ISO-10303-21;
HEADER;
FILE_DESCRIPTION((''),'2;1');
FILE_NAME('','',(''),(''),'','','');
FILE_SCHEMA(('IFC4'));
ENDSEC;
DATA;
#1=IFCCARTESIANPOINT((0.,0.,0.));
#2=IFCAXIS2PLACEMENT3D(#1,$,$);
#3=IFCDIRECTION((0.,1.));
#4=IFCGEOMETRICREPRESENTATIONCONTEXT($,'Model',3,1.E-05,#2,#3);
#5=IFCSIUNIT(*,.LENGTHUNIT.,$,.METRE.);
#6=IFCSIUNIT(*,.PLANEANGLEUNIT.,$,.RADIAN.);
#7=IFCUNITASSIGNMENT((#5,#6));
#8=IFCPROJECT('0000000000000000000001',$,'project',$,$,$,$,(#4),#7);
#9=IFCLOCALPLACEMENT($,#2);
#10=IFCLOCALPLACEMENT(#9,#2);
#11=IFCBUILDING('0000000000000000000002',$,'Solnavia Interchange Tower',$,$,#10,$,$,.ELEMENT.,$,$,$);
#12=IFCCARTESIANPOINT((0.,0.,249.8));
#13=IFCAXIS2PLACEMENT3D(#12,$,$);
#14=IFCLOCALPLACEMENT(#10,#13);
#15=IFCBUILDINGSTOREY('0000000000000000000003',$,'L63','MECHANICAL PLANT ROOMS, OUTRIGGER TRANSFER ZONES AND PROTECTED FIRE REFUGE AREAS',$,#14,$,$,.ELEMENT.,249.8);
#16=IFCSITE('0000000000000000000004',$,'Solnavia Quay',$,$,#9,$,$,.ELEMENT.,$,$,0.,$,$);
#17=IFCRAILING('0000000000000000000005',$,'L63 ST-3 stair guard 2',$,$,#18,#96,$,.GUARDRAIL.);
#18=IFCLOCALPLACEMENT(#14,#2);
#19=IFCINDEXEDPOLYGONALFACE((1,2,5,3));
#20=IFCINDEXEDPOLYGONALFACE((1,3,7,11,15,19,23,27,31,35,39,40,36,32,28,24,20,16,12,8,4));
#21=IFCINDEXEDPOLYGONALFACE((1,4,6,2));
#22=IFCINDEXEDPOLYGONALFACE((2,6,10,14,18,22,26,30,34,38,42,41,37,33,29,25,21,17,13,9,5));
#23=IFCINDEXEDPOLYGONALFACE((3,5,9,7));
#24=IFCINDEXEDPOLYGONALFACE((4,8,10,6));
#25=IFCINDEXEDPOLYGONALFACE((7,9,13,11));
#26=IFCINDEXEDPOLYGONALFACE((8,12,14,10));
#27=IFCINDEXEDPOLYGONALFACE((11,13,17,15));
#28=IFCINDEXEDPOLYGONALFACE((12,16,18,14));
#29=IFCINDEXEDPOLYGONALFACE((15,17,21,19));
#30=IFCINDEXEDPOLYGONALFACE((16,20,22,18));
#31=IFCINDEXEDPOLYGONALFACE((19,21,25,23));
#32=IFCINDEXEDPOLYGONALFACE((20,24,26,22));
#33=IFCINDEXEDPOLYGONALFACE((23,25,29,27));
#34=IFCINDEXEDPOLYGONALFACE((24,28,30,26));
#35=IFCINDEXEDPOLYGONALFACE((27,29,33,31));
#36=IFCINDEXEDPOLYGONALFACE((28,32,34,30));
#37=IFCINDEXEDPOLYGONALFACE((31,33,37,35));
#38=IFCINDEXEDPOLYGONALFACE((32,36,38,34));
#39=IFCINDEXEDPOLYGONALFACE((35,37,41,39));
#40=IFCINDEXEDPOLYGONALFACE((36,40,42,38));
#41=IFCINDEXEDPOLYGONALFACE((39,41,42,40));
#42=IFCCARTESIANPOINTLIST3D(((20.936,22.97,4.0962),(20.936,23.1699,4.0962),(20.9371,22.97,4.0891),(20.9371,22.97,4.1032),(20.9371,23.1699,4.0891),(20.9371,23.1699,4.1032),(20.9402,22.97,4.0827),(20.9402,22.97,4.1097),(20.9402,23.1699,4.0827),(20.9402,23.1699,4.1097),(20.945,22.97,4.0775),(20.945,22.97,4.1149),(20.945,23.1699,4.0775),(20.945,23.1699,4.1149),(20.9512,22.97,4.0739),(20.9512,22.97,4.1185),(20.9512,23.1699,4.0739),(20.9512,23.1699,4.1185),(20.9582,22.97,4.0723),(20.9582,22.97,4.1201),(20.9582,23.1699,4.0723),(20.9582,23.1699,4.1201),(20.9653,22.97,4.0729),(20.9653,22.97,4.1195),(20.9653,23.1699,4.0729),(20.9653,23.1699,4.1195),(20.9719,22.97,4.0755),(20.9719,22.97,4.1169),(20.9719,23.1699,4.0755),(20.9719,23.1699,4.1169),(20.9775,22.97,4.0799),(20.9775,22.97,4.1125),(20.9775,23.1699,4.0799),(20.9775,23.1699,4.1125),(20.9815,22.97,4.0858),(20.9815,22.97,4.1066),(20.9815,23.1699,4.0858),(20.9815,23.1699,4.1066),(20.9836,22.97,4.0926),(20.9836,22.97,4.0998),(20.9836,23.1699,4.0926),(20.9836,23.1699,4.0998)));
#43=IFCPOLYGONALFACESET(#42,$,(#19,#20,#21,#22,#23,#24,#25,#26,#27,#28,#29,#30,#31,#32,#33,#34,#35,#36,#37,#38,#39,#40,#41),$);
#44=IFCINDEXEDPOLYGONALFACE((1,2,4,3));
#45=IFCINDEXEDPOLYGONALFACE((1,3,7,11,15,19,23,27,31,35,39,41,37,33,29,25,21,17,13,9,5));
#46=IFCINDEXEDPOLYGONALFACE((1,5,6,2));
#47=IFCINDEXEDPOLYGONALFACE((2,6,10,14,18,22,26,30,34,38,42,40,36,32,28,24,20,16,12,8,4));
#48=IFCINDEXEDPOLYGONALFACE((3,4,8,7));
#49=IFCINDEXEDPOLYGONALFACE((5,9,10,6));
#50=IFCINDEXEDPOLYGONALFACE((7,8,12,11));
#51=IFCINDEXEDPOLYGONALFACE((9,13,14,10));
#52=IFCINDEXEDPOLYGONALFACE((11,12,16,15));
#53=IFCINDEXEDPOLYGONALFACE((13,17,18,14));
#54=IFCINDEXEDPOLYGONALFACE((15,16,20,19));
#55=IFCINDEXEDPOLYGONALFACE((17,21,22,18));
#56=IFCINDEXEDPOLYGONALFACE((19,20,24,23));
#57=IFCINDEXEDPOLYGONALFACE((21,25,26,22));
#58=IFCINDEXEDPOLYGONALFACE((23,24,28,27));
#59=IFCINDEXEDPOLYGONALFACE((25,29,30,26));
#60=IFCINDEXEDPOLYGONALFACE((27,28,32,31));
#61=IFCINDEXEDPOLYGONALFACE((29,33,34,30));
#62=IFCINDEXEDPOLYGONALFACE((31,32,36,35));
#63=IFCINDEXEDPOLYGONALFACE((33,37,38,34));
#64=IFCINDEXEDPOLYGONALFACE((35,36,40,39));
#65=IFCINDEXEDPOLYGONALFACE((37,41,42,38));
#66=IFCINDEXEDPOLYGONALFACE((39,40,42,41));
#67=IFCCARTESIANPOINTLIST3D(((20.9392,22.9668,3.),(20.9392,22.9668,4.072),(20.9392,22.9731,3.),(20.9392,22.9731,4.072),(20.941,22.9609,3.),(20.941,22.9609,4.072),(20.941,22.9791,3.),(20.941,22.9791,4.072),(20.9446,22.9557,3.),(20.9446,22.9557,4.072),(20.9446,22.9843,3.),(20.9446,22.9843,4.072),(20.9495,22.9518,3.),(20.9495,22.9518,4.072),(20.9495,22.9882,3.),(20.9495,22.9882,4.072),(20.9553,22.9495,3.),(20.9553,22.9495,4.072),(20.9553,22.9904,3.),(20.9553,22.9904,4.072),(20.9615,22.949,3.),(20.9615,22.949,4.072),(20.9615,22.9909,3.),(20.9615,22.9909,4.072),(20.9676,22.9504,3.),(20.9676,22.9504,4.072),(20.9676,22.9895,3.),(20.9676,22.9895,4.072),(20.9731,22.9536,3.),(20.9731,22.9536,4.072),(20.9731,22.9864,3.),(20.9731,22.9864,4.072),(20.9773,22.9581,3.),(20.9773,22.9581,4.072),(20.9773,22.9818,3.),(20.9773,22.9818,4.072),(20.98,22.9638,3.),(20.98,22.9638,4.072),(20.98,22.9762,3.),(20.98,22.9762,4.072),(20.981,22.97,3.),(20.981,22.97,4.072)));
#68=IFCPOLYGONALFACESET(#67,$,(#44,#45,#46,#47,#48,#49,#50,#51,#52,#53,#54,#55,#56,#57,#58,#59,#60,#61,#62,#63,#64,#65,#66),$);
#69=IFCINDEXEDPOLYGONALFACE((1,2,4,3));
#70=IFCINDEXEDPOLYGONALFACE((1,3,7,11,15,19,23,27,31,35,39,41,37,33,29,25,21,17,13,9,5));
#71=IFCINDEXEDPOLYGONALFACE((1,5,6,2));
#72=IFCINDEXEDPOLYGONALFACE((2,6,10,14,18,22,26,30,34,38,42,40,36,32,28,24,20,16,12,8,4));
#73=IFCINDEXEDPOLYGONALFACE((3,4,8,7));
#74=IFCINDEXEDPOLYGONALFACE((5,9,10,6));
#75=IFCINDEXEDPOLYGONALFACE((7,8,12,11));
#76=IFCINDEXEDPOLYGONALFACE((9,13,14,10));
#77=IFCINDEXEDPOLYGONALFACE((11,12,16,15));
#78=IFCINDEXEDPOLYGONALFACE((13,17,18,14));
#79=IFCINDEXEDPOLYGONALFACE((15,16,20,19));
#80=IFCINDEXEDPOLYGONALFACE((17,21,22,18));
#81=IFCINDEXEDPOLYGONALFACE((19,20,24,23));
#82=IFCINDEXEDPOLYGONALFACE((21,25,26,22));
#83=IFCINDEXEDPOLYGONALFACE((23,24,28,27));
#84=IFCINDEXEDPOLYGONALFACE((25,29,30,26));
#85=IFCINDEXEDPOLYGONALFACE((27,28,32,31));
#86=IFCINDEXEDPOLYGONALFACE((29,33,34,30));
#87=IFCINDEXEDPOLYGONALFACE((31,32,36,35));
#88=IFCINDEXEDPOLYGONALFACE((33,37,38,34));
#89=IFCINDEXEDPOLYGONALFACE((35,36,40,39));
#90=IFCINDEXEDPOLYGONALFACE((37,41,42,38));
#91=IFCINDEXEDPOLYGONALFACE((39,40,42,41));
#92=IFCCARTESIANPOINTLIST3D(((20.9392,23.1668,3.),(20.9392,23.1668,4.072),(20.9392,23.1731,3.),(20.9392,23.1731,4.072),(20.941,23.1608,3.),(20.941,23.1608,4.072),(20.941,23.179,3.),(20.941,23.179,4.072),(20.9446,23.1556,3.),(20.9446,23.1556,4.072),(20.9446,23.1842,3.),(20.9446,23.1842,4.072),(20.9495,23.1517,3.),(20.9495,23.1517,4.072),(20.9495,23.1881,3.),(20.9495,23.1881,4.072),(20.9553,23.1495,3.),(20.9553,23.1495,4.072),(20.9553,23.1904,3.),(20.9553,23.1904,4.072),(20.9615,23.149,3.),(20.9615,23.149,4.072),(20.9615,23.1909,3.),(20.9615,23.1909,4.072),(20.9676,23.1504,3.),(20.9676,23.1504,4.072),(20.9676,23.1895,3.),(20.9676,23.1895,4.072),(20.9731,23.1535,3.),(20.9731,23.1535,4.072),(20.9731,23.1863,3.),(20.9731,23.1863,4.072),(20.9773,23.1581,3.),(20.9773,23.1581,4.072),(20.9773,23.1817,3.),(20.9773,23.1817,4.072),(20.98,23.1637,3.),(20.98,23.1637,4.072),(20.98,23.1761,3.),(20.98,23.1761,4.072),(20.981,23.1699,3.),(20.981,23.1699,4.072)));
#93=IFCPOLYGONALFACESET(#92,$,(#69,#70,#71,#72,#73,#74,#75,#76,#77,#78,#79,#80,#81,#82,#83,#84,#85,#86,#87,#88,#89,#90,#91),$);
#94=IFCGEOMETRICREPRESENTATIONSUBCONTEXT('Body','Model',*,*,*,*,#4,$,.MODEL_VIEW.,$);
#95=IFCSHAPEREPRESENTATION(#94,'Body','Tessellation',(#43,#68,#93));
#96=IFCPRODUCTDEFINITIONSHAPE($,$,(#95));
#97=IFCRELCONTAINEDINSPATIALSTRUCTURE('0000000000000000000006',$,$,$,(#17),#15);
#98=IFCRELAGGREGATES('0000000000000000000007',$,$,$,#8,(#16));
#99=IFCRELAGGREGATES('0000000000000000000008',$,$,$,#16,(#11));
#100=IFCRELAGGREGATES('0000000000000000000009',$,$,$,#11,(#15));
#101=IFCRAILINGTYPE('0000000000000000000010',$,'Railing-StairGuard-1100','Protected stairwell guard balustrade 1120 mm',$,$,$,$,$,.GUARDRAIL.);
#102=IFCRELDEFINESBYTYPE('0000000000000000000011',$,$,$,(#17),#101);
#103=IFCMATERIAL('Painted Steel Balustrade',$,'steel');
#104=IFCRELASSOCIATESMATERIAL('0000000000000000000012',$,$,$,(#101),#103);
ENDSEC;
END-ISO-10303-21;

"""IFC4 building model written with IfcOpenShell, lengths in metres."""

from ifc_helpers import new_model, si_unit, direction, frame, origin, origin_2d, place, context, subcontext, project, spatial, circle, extrude, material, type_object, element, save


model = new_model("IFC4")

# Units and contexts
model_context = context("Model", 3, precision=1e-05, world=origin(), true_north=direction((0.0, 1.0)))
body_context = subcontext(model_context, "Body", "Model", "MODEL_VIEW")
ifc_project = project(units=[si_unit("LENGTHUNIT", "METRE"), si_unit("PLANEANGLEUNIT", "RADIAN")], contexts=[model_context])

# Site, building, storey
site_placement = place(None, origin())
site = spatial("IfcSite", under=ifc_project, at=site_placement, Name="Solnavia Quay", CompositionType="ELEMENT", RefElevation=0.0)
building_placement = place(site_placement, origin())
building = spatial("IfcBuilding", under=site, at=building_placement, Name="Solnavia Interchange Tower", CompositionType="ELEMENT")
storey_placement = place(building_placement, frame((0.0, 0.0, 249.8)))
storey = spatial("IfcBuildingStorey", under=building, at=storey_placement, Name="L63", Description="MECHANICAL PLANT ROOMS, OUTRIGGER TRANSFER ZONES AND PROTECTED FIRE REFUGE AREAS", CompositionType="ELEMENT", Elevation=249.8)

# Railing
ifc_material_1 = material(Name="Painted Steel Balustrade", Category="steel")
railing_type_1 = type_object("IfcRailingType", Name="Railing-StairGuard-1100", Description="Protected stairwell guard balustrade 1120 mm", PredefinedType="GUARDRAIL", material=ifc_material_1)
railing_1_placement = place(storey_placement, frame((20.96, 22.97, 3.0)))
element("IfcRailing", 1, at=railing_1_placement, inside=storey, type_object=railing_type_1, Name="L63 ST-3 stair guard 2", PredefinedType="GUARDRAIL", context=body_context, shape_type="SweptSolid", body=[
    extrude(circle(Radius=0.0239, at=origin_2d()), frame((0.0, 0.0, 1.0962), z_axis=(0.0, 1.0, 0.0), x_axis=(-1.0, 0.0, 0.0)), (0.0, 0.0, 1.0), 0.2),
    extrude(circle(Radius=0.021, at=origin_2d()), origin(), (0.0, 0.0, 1.0), 1.072),
    extrude(circle(Radius=0.021, at=origin_2d()), frame((0.0, 0.2, 0.0)), (0.0, 0.0, 1.0), 1.072),
])

save(model, "model.ifc")
